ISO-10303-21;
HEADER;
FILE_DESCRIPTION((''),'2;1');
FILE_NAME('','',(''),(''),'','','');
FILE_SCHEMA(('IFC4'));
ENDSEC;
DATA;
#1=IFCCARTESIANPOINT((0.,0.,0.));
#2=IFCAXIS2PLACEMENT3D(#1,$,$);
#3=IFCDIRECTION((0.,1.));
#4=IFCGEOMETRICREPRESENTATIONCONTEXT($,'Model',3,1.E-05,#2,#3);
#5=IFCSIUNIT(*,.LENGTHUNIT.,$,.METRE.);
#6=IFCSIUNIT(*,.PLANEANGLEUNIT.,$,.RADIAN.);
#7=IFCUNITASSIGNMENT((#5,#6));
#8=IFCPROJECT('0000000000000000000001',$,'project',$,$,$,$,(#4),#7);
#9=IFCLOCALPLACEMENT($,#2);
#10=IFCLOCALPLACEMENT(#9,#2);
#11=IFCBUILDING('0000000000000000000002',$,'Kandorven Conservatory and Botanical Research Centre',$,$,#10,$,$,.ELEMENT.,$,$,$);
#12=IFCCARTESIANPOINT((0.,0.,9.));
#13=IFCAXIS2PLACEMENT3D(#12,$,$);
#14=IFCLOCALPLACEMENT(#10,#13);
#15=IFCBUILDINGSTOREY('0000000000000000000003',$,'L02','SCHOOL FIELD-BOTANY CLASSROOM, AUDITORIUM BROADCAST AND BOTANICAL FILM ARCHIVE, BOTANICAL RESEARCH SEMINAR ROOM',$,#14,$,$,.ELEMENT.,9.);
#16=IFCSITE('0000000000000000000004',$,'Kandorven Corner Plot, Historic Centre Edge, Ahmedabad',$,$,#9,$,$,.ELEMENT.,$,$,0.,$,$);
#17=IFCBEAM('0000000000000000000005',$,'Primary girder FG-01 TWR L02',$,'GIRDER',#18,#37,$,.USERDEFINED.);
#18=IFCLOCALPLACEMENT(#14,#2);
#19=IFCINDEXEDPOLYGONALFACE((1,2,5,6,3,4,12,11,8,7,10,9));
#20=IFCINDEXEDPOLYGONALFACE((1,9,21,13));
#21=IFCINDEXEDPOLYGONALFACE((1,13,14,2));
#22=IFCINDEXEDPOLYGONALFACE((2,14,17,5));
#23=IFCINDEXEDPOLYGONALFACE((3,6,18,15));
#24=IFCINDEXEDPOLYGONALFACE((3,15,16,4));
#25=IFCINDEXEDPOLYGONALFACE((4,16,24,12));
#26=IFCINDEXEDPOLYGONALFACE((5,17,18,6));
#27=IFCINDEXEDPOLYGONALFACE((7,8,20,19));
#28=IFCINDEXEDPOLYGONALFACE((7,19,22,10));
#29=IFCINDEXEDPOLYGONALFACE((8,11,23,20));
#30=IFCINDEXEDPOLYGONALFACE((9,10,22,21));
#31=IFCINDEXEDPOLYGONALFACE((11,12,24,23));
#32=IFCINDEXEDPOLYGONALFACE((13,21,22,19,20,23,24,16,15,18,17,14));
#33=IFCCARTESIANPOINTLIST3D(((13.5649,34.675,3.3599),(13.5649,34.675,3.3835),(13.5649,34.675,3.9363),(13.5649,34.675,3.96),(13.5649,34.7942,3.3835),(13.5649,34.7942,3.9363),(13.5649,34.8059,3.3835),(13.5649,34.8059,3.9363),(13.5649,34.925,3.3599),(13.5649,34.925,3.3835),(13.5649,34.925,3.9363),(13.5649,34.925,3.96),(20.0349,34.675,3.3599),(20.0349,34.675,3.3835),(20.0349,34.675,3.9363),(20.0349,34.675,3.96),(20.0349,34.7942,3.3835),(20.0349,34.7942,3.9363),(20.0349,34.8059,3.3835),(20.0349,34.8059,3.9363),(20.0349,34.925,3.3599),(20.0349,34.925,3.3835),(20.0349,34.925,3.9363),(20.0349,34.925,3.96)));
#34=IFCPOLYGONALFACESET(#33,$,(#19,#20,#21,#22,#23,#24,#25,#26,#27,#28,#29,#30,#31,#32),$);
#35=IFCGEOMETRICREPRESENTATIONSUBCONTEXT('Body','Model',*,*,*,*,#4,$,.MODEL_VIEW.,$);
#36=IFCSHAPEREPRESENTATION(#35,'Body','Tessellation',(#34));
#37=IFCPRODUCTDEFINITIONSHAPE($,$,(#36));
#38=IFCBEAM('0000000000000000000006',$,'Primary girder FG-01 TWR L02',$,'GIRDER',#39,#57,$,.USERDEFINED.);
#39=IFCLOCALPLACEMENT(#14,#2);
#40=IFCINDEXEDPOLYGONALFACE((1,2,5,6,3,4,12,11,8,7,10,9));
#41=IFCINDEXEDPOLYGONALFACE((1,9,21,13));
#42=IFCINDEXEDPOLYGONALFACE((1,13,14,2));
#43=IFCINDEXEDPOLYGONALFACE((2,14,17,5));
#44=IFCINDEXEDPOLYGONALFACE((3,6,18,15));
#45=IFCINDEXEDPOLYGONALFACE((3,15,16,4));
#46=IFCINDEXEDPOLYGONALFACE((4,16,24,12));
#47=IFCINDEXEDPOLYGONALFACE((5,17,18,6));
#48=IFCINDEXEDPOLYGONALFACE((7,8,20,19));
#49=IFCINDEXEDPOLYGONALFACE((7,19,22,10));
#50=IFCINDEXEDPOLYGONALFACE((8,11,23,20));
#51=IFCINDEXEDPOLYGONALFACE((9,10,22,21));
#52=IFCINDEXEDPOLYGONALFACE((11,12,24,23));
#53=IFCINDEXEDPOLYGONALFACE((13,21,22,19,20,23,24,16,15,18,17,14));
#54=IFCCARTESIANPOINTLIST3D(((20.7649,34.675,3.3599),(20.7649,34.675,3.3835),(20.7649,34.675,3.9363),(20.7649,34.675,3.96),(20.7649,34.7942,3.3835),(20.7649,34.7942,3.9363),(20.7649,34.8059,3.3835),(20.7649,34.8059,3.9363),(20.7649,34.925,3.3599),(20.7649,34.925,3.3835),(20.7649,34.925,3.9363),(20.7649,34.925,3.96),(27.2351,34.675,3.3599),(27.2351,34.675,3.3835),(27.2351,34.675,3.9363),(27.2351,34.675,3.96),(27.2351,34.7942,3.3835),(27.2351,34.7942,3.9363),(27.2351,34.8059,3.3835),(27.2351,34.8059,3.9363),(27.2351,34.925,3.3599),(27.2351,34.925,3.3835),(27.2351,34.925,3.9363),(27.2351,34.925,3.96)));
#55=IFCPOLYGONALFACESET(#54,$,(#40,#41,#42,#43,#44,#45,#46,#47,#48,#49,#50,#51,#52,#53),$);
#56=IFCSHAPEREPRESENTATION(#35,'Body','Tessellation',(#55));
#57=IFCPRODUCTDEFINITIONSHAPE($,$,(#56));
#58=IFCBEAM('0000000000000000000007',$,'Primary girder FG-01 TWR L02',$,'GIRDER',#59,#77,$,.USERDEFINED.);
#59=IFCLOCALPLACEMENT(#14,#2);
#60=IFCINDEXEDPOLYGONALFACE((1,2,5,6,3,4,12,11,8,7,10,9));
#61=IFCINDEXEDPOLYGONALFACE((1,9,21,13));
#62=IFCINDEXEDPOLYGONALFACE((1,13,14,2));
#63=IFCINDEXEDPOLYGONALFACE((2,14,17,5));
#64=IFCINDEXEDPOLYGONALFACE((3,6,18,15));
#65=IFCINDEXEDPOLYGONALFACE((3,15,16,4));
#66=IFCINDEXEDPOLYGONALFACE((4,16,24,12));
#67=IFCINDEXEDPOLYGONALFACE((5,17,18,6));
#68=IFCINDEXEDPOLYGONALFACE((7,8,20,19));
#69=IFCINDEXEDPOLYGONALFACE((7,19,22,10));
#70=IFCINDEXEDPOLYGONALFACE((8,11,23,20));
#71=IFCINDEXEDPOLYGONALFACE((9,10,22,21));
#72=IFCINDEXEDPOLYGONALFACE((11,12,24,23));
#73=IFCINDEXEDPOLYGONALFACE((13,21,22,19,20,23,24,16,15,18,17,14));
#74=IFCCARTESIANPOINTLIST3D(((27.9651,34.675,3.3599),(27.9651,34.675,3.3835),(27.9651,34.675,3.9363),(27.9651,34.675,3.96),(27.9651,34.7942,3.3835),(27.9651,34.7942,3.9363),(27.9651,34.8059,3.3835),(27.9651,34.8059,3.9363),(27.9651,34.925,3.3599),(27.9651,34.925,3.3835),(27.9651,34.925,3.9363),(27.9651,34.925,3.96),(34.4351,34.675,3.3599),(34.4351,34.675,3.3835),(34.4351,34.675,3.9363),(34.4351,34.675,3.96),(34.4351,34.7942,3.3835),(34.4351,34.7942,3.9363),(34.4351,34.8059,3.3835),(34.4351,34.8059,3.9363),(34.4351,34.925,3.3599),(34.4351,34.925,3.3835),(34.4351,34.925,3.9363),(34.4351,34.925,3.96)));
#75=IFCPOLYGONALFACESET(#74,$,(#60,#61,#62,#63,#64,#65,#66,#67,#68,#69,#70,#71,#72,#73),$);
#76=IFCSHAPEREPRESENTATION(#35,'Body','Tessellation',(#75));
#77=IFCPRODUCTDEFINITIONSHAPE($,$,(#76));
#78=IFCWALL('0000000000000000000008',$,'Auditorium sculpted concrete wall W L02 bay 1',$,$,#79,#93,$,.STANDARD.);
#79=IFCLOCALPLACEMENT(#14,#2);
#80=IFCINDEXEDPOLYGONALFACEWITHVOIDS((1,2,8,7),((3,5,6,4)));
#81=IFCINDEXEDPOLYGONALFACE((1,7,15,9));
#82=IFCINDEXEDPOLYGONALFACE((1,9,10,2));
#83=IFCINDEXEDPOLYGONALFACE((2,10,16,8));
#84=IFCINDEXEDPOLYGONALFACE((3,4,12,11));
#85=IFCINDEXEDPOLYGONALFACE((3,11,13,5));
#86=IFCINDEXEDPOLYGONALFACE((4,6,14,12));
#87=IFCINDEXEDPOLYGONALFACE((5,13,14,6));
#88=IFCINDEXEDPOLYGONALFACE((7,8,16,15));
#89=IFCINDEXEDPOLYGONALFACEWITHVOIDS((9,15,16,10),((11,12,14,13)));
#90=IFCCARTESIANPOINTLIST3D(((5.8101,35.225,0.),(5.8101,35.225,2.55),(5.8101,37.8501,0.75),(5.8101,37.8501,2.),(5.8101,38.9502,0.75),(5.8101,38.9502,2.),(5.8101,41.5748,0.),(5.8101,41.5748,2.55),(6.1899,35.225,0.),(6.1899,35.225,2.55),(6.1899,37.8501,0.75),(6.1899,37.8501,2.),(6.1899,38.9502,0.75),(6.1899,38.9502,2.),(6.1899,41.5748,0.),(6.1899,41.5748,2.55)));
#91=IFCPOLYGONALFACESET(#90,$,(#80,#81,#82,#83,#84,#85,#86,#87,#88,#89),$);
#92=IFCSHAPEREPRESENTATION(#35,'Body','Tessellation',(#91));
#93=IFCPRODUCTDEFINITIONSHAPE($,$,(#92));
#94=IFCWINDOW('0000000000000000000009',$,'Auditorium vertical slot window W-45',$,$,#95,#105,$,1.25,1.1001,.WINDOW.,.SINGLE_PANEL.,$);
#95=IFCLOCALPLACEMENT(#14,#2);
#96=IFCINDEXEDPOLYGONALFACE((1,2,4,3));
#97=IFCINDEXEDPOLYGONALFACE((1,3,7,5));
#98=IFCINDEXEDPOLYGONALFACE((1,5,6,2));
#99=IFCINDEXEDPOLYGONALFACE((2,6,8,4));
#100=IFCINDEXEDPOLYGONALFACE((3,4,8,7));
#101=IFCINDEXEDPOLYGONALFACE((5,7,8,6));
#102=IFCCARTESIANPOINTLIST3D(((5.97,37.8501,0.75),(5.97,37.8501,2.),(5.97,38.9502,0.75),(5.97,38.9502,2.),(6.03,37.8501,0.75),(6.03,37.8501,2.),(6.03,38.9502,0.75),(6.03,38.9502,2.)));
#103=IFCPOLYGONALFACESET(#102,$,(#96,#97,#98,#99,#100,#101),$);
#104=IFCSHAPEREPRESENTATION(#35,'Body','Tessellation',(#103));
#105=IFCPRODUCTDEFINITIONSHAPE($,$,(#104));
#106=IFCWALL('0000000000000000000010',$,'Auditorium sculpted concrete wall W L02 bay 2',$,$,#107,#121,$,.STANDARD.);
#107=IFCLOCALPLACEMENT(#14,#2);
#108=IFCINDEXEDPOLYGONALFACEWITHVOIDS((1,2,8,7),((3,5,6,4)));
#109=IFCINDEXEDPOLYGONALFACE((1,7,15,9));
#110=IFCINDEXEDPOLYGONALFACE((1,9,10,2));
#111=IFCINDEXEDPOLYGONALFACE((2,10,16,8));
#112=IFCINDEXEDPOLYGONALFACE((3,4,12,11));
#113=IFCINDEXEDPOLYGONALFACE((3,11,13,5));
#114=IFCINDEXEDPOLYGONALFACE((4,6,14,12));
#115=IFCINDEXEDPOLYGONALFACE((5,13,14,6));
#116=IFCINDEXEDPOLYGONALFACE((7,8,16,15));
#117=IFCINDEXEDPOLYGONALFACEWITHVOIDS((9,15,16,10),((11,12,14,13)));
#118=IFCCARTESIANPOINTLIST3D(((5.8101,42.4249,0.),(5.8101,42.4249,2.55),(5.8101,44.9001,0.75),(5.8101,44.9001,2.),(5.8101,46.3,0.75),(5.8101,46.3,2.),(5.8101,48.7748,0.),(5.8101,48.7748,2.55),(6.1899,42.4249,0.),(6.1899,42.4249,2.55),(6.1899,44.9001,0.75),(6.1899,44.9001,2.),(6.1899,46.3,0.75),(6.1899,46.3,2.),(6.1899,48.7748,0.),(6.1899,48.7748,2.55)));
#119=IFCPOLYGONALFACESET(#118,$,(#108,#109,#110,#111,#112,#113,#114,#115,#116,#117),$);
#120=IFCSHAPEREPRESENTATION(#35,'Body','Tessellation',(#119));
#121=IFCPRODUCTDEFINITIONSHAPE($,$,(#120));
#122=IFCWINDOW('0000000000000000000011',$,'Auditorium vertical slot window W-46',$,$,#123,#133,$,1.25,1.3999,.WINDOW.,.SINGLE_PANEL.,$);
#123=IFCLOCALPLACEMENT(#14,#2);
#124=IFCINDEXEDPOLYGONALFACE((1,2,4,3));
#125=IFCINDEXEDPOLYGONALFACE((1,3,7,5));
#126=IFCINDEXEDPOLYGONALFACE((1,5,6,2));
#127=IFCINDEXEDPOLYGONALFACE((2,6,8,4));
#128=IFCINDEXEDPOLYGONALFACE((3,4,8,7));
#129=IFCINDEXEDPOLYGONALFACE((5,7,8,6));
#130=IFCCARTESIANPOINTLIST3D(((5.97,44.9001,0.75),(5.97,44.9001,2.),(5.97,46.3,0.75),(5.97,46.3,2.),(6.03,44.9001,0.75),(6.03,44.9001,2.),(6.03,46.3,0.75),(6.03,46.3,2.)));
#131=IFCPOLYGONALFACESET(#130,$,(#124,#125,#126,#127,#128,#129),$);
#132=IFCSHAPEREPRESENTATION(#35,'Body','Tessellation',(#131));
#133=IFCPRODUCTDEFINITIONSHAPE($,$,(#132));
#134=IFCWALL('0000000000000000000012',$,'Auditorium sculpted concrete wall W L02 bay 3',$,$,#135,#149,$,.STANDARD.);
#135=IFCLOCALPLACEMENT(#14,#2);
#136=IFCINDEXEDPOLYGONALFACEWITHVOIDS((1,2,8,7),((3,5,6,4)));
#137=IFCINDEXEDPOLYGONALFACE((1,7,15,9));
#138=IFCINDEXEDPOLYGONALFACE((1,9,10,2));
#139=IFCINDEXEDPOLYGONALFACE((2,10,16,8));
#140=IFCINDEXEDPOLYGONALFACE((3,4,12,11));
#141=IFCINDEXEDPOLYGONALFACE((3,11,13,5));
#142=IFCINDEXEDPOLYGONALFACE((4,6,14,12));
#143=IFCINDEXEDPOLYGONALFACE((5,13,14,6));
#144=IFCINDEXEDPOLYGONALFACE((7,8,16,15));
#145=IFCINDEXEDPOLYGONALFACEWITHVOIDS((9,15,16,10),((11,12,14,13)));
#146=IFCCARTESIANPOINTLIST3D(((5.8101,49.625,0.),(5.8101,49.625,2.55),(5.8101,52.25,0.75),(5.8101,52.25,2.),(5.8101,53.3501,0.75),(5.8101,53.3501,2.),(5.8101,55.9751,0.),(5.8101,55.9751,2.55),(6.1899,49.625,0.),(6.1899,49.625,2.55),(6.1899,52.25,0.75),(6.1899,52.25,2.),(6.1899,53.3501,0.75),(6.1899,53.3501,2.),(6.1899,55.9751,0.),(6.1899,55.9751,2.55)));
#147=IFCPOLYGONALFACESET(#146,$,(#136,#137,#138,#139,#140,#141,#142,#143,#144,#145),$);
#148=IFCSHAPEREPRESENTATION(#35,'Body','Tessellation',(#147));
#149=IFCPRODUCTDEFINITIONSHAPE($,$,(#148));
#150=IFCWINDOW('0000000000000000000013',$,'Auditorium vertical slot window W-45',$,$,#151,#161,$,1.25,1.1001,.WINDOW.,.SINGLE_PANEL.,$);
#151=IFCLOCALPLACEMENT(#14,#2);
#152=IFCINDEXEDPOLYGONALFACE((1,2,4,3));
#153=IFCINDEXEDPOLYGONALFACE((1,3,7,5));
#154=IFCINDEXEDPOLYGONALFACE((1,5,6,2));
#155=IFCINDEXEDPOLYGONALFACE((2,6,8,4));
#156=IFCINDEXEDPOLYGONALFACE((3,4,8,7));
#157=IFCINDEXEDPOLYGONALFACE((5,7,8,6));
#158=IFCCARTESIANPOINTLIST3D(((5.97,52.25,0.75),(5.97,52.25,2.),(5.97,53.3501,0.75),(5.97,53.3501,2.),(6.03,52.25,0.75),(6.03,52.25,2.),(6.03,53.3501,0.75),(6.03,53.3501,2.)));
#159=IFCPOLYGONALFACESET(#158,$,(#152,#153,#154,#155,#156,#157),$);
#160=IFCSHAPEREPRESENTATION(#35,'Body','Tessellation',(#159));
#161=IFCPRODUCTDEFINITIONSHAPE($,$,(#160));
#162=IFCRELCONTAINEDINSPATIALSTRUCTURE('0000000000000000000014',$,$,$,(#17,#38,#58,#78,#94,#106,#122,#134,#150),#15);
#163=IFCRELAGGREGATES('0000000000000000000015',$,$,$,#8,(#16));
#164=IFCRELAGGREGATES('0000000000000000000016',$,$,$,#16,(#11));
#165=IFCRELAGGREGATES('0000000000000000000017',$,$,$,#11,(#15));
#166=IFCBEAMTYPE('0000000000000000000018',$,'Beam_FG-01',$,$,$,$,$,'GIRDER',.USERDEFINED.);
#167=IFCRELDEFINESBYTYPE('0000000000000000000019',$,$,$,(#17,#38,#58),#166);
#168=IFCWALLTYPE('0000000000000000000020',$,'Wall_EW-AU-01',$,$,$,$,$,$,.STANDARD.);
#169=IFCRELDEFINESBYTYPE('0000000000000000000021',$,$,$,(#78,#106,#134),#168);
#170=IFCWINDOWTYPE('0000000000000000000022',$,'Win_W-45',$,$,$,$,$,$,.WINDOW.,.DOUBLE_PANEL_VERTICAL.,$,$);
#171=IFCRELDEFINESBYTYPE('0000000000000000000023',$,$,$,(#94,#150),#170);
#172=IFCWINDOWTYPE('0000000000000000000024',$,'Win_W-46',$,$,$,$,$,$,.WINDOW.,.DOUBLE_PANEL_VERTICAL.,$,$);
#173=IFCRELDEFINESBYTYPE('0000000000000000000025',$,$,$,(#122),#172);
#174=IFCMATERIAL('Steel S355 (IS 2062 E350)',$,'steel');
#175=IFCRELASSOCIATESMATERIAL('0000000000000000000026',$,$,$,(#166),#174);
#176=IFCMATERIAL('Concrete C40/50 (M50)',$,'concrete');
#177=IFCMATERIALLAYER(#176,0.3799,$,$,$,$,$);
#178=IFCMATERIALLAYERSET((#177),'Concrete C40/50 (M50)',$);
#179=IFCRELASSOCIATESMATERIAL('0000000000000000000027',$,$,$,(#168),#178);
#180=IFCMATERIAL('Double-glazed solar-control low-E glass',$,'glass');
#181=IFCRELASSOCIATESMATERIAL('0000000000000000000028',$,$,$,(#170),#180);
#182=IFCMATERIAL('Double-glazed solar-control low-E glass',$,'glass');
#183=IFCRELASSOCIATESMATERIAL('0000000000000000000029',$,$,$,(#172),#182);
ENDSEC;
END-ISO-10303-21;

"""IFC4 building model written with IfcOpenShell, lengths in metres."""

from ifc_helpers import new_model, si_unit, direction, frame, frame_2d, origin, origin_2d, place, context, subcontext, project, spatial, rectangle, i_section, extrude, material, layer, layer_set, material_profile, profile_set, type_object, element, fill, save


model = new_model("IFC4")

# Units and contexts
model_context = context("Model", 3, precision=1e-05, world=origin(), true_north=direction((0.0, 1.0)))
body_context = subcontext(model_context, "Body", "Model", "MODEL_VIEW")
ifc_project = project(units=[si_unit("LENGTHUNIT", "METRE"), si_unit("PLANEANGLEUNIT", "RADIAN")], contexts=[model_context])

# Site, building, storey
site_placement = place(None, origin())
site = spatial("IfcSite", under=ifc_project, at=site_placement, Name="Kandorven Corner Plot, Historic Centre Edge, Ahmedabad", CompositionType="ELEMENT", RefElevation=0.0)
building_placement = place(site_placement, origin())
building = spatial("IfcBuilding", under=site, at=building_placement, Name="Kandorven Conservatory and Botanical Research Centre", CompositionType="ELEMENT")
storey_placement = place(building_placement, frame((0.0, 0.0, 9.0)))
storey = spatial("IfcBuildingStorey", under=building, at=storey_placement, Name="L02", Description="SCHOOL FIELD-BOTANY CLASSROOM, AUDITORIUM BROADCAST AND BOTANICAL FILM ARCHIVE, BOTANICAL RESEARCH SEMINAR ROOM", CompositionType="ELEMENT", Elevation=9.0)

# Beams
ifc_material_1 = material(Name="Steel S355 (IS 2062 E350)", Category="steel")
ifc_material_profile_1 = material_profile(ifc_material_1, i_section(OverallWidth=0.25, OverallDepth=0.6001, WebThickness=0.0117, FlangeThickness=0.0237, at=origin_2d()))
ifc_profile_set_1 = profile_set([ifc_material_profile_1], Name="Steel S355 (IS 2062 E350)")
beam_type_1 = type_object("IfcBeamType", Name="Beam_FG-01", ElementType="GIRDER", PredefinedType="USERDEFINED", material=ifc_profile_set_1)
beam_1_placement = place(storey_placement, frame((13.5649, 34.8, 3.6599), z_axis=(1.0, 0.0, 0.0), x_axis=(0.0, 1.0, 0.0)))
element("IfcBeam", 1, at=beam_1_placement, inside=storey, type_object=beam_type_1, Name="Primary girder FG-01 TWR L02", ObjectType="GIRDER", PredefinedType="USERDEFINED", context=body_context, shape_type="SweptSolid", body=[
    extrude(i_section(OverallWidth=0.25, OverallDepth=0.6001, WebThickness=0.0117, FlangeThickness=0.0237, at=origin_2d()), origin(), (0.0, 0.0, 1.0), 6.47),
])
beam_2_placement = place(storey_placement, frame((20.7649, 34.8, 3.6599), z_axis=(1.0, 0.0, 0.0), x_axis=(0.0, 1.0, 0.0)))
element("IfcBeam", 2, at=beam_2_placement, inside=storey, type_object=beam_type_1, Name="Primary girder FG-01 TWR L02", ObjectType="GIRDER", PredefinedType="USERDEFINED", context=body_context, shape_type="SweptSolid", body=[
    extrude(i_section(OverallWidth=0.25, OverallDepth=0.6001, WebThickness=0.0117, FlangeThickness=0.0237, at=origin_2d()), origin(), (0.0, 0.0, 1.0), 6.4702),
])
beam_3_placement = place(storey_placement, frame((27.9651, 34.8, 3.6599), z_axis=(1.0, 0.0, 0.0), x_axis=(0.0, 1.0, 0.0)))
element("IfcBeam", 3, at=beam_3_placement, inside=storey, type_object=beam_type_1, Name="Primary girder FG-01 TWR L02", ObjectType="GIRDER", PredefinedType="USERDEFINED", context=body_context, shape_type="SweptSolid", body=[
    extrude(i_section(OverallWidth=0.25, OverallDepth=0.6001, WebThickness=0.0117, FlangeThickness=0.0237, at=origin_2d()), origin(), (0.0, 0.0, 1.0), 6.47),
])

# Walls, openings, windows
ifc_material_2 = material(Name="Concrete C40/50 (M50)", Category="concrete")
ifc_layer_1 = layer(ifc_material_2, 0.3799)
ifc_layer_set_1 = layer_set([ifc_layer_1], Name="Concrete C40/50 (M50)")
wall_type_1 = type_object("IfcWallType", Name="Wall_EW-AU-01", PredefinedType="STANDARD", material=ifc_layer_set_1)
wall_1_placement = place(storey_placement, frame((6.0, 35.2251, 0.0), z_axis=(0.0, 0.0, 1.0), x_axis=(0.0, 1.0, 0.0)))
wall_1 = element("IfcWall", 4, at=wall_1_placement, inside=storey, type_object=wall_type_1, Name="Auditorium sculpted concrete wall W L02 bay 1", PredefinedType="STANDARD", context=body_context, shape_type="SweptSolid", body=[
    extrude(rectangle(XDim=6.3499, YDim=0.3799, at=frame_2d((3.1748, 0.0))), origin(), (0.0, 0.0, 1.0), 2.55),
])
opening_1_placement = place(wall_1_placement, frame((2.625, 0.0, 0.75)))
opening_1 = element("IfcOpeningElement", 5, at=opening_1_placement, cuts=wall_1, PredefinedType="OPENING", context=body_context, shape_type="SweptSolid", body=[
    extrude(rectangle(XDim=1.1001, YDim=1.25, at=frame_2d((0.55, 0.625))), frame((0.0, 0.2, 0.0), z_axis=(0.0, -1.0, 0.0), x_axis=(1.0, 0.0, 0.0)), (0.0, 0.0, 1.0), 0.3999),
])
ifc_material_3 = material(Name="Double-glazed solar-control low-E glass", Category="glass")
window_type_1 = type_object("IfcWindowType", Name="Win_W-45", PartitioningType="DOUBLE_PANEL_VERTICAL", PredefinedType="WINDOW", material=ifc_material_3)
window_1_placement = place(opening_1_placement, origin())
window_1 = element("IfcWindow", 6, at=window_1_placement, inside=storey, type_object=window_type_1, Name="Auditorium vertical slot window W-45", OverallHeight=1.25, OverallWidth=1.1001, PartitioningType="SINGLE_PANEL", PredefinedType="WINDOW", context=body_context, shape_type="SweptSolid", body=[
    extrude(rectangle(XDim=1.1001, YDim=1.25, at=frame_2d((0.55, 0.625))), frame((0.0, 0.03, 0.0), z_axis=(0.0, -1.0, 0.0), x_axis=(1.0, 0.0, 0.0)), (0.0, 0.0, 1.0), 0.0601),
])
fill(opening_1, window_1)
wall_2_placement = place(storey_placement, frame((6.0, 42.425, 0.0), z_axis=(0.0, 0.0, 1.0), x_axis=(0.0, 1.0, 0.0)))
wall_2 = element("IfcWall", 7, at=wall_2_placement, inside=storey, type_object=wall_type_1, Name="Auditorium sculpted concrete wall W L02 bay 2", PredefinedType="STANDARD", context=body_context, shape_type="SweptSolid", body=[
    extrude(rectangle(XDim=6.3499, YDim=0.3799, at=frame_2d((3.1748, 0.0))), origin(), (0.0, 0.0, 1.0), 2.55),
])
opening_2_placement = place(wall_2_placement, frame((2.4751, 0.0, 0.75)))
opening_2 = element("IfcOpeningElement", 8, at=opening_2_placement, cuts=wall_2, PredefinedType="OPENING", context=body_context, shape_type="SweptSolid", body=[
    extrude(rectangle(XDim=1.3999, YDim=1.25, at=frame_2d((0.7, 0.625))), frame((0.0, 0.2, 0.0), z_axis=(0.0, -1.0, 0.0), x_axis=(1.0, 0.0, 0.0)), (0.0, 0.0, 1.0), 0.3999),
])
ifc_material_4 = material(Name="Double-glazed solar-control low-E glass", Category="glass")
window_type_2 = type_object("IfcWindowType", Name="Win_W-46", PartitioningType="DOUBLE_PANEL_VERTICAL", PredefinedType="WINDOW", material=ifc_material_4)
window_2_placement = place(opening_2_placement, origin())
window_2 = element("IfcWindow", 9, at=window_2_placement, inside=storey, type_object=window_type_2, Name="Auditorium vertical slot window W-46", OverallHeight=1.25, OverallWidth=1.3999, PartitioningType="SINGLE_PANEL", PredefinedType="WINDOW", context=body_context, shape_type="SweptSolid", body=[
    extrude(rectangle(XDim=1.3999, YDim=1.25, at=frame_2d((0.7, 0.625))), frame((0.0, 0.03, 0.0), z_axis=(0.0, -1.0, 0.0), x_axis=(1.0, 0.0, 0.0)), (0.0, 0.0, 1.0), 0.0601),
])
fill(opening_2, window_2)
wall_3_placement = place(storey_placement, frame((6.0, 49.625, 0.0), z_axis=(0.0, 0.0, 1.0), x_axis=(0.0, 1.0, 0.0)))
wall_3 = element("IfcWall", 10, at=wall_3_placement, inside=storey, type_object=wall_type_1, Name="Auditorium sculpted concrete wall W L02 bay 3", PredefinedType="STANDARD", context=body_context, shape_type="SweptSolid", body=[
    extrude(rectangle(XDim=6.3501, YDim=0.3799, at=frame_2d((3.175, 0.0))), origin(), (0.0, 0.0, 1.0), 2.55),
])
opening_3_placement = place(wall_3_placement, frame((2.625, 0.0, 0.75)))
opening_3 = element("IfcOpeningElement", 11, at=opening_3_placement, cuts=wall_3, PredefinedType="OPENING", context=body_context, shape_type="SweptSolid", body=[
    extrude(rectangle(XDim=1.1001, YDim=1.25, at=frame_2d((0.55, 0.625))), frame((0.0, 0.2, 0.0), z_axis=(0.0, -1.0, 0.0), x_axis=(1.0, 0.0, 0.0)), (0.0, 0.0, 1.0), 0.3999),
])
window_3_placement = place(opening_3_placement, origin())
window_3 = element("IfcWindow", 12, at=window_3_placement, inside=storey, type_object=window_type_1, Name="Auditorium vertical slot window W-45", OverallHeight=1.25, OverallWidth=1.1001, PartitioningType="SINGLE_PANEL", PredefinedType="WINDOW", context=body_context, shape_type="SweptSolid", body=[
    extrude(rectangle(XDim=1.1001, YDim=1.25, at=frame_2d((0.55, 0.625))), frame((0.0, 0.03, 0.0), z_axis=(0.0, -1.0, 0.0), x_axis=(1.0, 0.0, 0.0)), (0.0, 0.0, 1.0), 0.0601),
])
fill(opening_3, window_3)

save(model, "model.ifc")
